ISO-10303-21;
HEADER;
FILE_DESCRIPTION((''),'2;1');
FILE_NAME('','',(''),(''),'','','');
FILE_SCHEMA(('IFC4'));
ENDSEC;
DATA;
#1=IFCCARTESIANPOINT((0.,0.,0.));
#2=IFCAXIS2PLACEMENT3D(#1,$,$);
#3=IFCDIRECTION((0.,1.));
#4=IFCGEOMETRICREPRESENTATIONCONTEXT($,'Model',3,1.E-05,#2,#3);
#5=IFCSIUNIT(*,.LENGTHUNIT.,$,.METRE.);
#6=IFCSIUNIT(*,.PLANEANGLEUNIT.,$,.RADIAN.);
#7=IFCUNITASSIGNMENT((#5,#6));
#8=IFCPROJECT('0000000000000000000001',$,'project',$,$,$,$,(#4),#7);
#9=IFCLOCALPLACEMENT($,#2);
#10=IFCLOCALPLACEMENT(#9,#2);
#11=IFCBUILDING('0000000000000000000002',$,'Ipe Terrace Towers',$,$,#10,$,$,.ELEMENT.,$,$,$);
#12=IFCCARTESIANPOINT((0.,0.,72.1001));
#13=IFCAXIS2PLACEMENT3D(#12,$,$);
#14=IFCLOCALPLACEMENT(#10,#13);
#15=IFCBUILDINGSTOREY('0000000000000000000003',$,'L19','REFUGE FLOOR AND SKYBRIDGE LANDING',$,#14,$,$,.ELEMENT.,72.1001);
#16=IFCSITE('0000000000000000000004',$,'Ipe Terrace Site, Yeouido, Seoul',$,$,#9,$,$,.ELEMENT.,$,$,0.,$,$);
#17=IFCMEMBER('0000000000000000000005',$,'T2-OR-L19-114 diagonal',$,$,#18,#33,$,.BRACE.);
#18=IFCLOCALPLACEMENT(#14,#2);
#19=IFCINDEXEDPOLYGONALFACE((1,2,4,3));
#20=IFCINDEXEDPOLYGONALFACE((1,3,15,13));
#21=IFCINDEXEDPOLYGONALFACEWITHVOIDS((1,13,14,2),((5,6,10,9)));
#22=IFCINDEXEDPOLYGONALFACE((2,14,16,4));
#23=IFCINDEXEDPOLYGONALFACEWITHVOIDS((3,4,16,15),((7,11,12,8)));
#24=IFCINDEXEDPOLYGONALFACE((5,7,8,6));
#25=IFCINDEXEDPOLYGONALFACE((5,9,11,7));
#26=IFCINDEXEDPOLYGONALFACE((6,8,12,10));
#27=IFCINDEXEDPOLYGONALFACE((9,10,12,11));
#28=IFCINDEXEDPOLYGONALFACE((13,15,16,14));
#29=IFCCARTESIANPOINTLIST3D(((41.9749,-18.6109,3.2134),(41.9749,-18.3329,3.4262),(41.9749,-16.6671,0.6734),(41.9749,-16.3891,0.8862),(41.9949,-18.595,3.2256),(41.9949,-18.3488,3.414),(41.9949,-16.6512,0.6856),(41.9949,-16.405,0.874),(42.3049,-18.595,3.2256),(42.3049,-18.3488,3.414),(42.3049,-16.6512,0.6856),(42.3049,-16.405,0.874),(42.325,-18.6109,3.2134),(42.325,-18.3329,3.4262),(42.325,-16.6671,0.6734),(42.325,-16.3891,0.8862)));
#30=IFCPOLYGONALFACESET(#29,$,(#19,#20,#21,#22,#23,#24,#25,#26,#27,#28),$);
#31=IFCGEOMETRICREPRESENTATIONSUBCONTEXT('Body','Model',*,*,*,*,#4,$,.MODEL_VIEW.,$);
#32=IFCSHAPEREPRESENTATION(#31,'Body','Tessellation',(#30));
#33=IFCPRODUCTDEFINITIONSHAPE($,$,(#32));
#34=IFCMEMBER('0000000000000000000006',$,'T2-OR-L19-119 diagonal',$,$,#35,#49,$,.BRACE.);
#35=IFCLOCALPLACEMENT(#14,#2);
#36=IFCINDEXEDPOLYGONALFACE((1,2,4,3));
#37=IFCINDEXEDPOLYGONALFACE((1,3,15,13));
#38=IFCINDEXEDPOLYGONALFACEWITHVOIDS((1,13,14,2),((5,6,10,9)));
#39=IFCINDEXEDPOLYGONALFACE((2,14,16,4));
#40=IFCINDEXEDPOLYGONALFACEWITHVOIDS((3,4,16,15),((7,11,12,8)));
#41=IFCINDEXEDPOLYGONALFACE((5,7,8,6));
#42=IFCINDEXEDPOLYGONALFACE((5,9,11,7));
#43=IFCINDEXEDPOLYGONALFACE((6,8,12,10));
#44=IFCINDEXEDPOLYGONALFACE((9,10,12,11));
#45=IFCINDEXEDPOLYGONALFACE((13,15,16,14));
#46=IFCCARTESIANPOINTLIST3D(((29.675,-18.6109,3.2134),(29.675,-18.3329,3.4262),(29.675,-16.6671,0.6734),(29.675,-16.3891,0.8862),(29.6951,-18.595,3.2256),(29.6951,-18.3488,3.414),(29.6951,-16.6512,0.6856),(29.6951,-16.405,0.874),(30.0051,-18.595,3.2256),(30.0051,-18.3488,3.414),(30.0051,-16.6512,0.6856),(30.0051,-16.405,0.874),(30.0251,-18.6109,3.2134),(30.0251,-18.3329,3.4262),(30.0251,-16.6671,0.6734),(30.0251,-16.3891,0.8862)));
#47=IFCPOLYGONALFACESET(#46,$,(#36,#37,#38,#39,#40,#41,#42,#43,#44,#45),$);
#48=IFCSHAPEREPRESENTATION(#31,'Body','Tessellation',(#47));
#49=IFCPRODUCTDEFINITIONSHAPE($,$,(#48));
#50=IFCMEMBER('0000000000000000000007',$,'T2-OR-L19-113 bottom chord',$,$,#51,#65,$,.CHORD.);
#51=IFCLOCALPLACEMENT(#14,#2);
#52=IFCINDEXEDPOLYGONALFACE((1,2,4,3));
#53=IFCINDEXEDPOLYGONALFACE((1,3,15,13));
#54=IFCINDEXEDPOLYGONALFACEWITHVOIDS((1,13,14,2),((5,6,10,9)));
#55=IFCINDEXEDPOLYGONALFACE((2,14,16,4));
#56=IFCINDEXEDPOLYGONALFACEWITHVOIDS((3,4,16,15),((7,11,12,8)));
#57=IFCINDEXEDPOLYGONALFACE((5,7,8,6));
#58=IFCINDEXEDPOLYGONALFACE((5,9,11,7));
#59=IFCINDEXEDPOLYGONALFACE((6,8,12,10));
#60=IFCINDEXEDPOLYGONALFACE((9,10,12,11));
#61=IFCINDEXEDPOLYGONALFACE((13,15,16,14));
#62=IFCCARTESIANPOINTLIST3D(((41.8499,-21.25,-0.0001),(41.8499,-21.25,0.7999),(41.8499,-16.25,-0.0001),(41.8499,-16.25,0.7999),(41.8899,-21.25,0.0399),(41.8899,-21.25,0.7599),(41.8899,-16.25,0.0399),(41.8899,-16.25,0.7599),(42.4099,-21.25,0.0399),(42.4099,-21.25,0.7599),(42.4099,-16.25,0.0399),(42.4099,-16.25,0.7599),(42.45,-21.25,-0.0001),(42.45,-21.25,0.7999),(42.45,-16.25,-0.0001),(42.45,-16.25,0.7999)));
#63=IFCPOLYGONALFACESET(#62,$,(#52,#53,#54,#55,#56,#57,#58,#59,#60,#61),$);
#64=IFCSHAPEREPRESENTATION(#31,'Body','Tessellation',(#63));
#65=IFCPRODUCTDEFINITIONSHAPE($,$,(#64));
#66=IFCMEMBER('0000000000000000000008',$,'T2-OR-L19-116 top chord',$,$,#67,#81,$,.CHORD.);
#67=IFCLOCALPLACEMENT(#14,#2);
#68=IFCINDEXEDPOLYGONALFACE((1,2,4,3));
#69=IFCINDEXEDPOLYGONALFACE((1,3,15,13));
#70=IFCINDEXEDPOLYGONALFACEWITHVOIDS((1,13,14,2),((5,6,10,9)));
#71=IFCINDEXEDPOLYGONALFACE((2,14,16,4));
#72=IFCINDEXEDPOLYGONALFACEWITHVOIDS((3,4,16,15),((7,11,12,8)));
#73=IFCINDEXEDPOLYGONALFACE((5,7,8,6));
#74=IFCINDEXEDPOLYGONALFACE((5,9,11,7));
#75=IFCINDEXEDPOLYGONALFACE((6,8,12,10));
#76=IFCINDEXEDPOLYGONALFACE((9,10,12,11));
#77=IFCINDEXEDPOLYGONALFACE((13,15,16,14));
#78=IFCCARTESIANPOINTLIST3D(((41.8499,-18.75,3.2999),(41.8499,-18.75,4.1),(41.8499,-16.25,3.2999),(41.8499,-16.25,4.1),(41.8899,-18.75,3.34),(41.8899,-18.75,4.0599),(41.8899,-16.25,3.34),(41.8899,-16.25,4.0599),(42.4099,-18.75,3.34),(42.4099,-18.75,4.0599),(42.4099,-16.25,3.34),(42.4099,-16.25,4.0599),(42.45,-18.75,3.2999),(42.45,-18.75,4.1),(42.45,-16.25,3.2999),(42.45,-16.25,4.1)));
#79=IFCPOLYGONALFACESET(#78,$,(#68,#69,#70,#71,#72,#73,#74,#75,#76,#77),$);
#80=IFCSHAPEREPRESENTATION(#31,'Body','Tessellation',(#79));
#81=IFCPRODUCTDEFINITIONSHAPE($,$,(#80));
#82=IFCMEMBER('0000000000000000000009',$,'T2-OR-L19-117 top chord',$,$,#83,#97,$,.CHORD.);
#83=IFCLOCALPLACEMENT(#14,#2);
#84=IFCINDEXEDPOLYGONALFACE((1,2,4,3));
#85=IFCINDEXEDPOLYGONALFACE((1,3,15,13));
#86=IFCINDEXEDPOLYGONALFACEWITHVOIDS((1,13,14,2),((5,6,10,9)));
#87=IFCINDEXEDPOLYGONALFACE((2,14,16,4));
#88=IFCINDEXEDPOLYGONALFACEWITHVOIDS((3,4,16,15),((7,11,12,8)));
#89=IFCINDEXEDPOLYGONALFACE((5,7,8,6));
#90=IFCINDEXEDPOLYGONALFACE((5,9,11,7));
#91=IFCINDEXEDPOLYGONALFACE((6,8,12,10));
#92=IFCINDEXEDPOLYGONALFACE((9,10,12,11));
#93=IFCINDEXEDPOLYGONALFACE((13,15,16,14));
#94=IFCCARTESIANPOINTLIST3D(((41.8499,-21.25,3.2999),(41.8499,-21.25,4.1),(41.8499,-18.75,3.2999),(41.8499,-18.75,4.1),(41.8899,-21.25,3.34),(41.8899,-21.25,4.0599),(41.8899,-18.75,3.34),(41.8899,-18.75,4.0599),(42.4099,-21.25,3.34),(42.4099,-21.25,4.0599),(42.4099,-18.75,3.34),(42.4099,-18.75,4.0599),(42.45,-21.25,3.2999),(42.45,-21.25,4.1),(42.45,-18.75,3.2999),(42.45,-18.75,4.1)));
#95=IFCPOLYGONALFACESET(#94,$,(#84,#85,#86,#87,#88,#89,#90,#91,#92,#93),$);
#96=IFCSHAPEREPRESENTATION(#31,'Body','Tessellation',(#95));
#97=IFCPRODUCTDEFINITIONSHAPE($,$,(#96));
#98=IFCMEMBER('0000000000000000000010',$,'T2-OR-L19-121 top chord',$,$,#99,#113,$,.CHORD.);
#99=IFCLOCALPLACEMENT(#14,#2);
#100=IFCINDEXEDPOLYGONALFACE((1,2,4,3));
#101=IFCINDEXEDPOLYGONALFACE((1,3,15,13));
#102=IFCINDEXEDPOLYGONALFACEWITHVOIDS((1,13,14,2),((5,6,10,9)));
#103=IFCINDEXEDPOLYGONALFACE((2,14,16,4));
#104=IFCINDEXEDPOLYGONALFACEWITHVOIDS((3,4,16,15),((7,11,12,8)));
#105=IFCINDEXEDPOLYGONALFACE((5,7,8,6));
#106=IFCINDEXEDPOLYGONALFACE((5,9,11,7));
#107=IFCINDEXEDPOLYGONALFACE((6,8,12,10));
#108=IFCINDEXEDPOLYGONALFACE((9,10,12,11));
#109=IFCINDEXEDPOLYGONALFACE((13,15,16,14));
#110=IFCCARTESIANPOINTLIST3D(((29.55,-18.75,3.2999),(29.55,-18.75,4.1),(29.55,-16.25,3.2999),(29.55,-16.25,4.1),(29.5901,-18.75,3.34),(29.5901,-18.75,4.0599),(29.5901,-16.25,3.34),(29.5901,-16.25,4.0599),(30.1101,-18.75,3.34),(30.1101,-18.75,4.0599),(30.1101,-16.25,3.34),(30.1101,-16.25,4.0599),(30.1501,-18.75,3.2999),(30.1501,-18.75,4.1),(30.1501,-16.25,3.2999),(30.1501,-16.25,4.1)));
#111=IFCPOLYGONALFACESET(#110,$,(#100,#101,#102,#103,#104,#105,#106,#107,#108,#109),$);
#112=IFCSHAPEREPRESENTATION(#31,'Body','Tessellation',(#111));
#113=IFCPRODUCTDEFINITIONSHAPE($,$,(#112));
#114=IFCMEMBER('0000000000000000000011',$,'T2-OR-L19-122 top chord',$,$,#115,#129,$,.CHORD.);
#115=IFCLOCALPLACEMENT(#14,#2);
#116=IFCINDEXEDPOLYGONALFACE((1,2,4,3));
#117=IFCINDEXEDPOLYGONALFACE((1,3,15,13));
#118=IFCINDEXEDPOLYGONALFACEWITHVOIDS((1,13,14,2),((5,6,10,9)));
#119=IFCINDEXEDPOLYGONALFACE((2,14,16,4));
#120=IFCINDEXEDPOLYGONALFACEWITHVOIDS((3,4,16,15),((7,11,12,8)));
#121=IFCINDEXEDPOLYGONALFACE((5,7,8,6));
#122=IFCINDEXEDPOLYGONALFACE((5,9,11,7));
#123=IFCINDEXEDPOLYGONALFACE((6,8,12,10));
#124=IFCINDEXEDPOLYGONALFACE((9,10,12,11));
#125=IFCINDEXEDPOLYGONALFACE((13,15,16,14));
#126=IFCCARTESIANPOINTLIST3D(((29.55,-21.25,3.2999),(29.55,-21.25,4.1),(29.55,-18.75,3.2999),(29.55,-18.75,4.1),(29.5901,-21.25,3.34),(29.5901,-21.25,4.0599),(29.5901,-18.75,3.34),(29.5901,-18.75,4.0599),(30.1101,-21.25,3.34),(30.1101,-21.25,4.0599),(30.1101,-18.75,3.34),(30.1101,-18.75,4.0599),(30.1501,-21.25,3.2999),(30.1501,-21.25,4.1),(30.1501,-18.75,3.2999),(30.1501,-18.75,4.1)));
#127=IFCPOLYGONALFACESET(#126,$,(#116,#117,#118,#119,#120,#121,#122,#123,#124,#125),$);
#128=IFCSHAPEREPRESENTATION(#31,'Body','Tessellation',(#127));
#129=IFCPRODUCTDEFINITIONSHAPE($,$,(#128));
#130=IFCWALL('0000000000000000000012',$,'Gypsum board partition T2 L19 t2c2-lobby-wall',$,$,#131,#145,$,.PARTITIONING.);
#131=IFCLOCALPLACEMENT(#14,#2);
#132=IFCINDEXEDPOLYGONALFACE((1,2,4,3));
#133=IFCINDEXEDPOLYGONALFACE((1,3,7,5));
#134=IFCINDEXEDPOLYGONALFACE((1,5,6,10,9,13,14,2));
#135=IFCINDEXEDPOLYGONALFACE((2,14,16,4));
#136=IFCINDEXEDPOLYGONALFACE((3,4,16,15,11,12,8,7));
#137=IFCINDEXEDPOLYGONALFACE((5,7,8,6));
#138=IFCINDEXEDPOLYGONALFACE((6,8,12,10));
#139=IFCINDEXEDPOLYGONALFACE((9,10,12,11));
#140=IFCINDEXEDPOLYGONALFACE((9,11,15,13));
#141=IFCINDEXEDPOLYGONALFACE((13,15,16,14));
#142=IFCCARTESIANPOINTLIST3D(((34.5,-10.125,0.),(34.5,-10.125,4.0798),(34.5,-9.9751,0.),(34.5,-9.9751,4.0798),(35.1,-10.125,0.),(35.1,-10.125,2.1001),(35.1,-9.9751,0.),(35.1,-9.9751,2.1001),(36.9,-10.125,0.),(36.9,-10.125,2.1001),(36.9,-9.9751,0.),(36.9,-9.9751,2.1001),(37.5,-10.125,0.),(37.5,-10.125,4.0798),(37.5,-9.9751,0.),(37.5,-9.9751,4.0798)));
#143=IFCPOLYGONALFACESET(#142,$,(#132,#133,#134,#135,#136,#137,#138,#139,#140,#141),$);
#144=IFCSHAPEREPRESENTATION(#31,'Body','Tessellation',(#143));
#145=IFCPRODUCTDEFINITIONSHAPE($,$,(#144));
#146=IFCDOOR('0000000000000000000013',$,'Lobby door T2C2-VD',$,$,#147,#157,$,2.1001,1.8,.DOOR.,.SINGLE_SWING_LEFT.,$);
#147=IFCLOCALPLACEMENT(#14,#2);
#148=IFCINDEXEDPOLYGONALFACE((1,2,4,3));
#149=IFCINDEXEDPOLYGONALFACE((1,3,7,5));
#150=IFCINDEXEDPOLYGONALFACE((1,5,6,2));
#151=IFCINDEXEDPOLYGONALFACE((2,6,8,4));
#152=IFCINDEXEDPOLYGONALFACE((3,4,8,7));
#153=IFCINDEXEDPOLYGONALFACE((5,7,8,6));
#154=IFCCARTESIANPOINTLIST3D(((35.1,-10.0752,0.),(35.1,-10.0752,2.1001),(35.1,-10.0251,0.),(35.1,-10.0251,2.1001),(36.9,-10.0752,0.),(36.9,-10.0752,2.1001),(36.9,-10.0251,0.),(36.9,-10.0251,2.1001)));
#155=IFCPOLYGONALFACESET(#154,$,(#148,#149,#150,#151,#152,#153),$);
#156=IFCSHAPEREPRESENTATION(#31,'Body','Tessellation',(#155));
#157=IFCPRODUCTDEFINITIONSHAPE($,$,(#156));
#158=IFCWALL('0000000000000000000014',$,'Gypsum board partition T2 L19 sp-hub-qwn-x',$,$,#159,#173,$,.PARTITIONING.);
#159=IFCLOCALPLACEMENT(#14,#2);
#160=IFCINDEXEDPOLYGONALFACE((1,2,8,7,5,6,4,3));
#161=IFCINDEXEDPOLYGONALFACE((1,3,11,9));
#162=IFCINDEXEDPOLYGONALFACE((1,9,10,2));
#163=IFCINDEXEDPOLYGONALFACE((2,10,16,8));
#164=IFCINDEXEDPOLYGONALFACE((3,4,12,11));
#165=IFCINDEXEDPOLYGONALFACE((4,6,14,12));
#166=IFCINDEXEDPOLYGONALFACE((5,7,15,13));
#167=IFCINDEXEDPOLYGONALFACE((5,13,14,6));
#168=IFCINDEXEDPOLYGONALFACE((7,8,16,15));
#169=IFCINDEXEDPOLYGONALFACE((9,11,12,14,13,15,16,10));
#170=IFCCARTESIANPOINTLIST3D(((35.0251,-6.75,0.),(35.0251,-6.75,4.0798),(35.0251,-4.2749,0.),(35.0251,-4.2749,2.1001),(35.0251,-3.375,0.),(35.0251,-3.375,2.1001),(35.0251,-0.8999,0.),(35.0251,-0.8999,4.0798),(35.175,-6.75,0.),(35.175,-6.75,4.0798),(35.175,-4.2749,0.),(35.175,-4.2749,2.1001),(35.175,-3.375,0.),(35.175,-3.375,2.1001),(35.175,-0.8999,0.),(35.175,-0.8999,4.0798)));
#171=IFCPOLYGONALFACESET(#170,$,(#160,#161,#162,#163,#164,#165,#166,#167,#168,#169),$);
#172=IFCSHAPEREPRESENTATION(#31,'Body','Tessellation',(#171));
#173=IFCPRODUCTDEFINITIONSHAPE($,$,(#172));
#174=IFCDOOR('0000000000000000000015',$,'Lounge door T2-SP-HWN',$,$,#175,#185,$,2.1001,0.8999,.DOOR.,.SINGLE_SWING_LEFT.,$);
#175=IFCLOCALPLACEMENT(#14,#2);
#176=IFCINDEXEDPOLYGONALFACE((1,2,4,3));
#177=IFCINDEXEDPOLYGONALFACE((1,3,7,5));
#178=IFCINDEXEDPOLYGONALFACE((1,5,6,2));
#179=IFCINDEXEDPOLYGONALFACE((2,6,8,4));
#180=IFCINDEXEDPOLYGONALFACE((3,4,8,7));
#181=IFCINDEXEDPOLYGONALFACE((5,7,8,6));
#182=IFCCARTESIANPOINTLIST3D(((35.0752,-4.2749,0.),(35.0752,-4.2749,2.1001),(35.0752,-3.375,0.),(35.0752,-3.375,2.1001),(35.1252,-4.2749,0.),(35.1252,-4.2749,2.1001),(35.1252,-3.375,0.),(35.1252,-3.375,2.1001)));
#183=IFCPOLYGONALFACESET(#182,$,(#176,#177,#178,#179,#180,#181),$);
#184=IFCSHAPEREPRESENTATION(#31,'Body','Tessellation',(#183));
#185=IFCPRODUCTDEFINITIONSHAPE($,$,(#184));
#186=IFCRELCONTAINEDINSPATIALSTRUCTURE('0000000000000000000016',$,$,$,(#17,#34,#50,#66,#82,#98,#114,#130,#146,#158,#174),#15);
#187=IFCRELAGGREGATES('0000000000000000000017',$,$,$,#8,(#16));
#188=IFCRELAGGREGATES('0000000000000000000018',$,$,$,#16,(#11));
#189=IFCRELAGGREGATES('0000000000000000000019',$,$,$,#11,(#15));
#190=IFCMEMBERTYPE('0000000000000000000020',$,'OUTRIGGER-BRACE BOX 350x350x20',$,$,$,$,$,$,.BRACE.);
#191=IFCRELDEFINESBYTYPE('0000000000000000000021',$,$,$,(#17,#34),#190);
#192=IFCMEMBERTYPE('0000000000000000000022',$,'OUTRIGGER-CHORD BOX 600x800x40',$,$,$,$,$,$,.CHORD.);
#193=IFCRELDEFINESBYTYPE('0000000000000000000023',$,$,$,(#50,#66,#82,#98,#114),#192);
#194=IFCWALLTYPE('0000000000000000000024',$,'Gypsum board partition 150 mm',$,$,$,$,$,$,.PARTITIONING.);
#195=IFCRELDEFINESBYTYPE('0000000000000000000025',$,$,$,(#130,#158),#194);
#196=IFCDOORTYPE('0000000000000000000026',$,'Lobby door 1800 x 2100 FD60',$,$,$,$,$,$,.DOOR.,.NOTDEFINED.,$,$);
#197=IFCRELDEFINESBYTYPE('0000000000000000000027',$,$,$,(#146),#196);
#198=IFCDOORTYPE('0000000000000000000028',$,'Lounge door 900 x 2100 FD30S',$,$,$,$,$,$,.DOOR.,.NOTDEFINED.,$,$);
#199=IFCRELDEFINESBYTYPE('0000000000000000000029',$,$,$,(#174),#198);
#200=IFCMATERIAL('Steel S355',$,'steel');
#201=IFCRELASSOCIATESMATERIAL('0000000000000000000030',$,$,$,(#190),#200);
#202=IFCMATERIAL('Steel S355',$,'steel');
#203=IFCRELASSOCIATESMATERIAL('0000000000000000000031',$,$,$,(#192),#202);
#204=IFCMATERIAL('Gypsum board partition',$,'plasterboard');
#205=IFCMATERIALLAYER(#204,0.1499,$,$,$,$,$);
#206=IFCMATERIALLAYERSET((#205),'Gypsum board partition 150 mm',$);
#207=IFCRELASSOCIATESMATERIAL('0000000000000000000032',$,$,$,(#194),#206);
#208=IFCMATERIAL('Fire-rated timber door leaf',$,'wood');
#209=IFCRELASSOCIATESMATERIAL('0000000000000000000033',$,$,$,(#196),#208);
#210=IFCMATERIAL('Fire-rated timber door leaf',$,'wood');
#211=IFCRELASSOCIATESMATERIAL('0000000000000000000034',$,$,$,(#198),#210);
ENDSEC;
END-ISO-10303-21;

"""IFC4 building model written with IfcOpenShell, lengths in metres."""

from ifc_helpers import new_model, si_unit, direction, frame, frame_2d, origin, origin_2d, place, context, subcontext, project, spatial, rectangle, hollow_rectangle, extrude, material, layer, layer_set, material_profile, profile_set, type_object, element, fill, save


model = new_model("IFC4")

# Units and contexts
model_context = context("Model", 3, precision=1e-05, world=origin(), true_north=direction((0.0, 1.0)))
body_context = subcontext(model_context, "Body", "Model", "MODEL_VIEW")
ifc_project = project(units=[si_unit("LENGTHUNIT", "METRE"), si_unit("PLANEANGLEUNIT", "RADIAN")], contexts=[model_context])

# Site, building, storey
site_placement = place(None, origin())
site = spatial("IfcSite", under=ifc_project, at=site_placement, Name="Ipe Terrace Site, Yeouido, Seoul", CompositionType="ELEMENT", RefElevation=0.0)
building_placement = place(site_placement, origin())
building = spatial("IfcBuilding", under=site, at=building_placement, Name="Ipe Terrace Towers", CompositionType="ELEMENT")
storey_placement = place(building_placement, frame((0.0, 0.0, 72.1001)))
storey = spatial("IfcBuildingStorey", under=building, at=storey_placement, Name="L19", Description="REFUGE FLOOR AND SKYBRIDGE LANDING", CompositionType="ELEMENT", Elevation=72.1001)

# Members
ifc_material_1 = material(Name="Steel S355", Category="steel")
ifc_material_profile_1 = material_profile(ifc_material_1, hollow_rectangle(XDim=0.3501, YDim=0.3501, WallThickness=0.02, at=origin_2d()), Name="OUTRIGGER-BRACE BOX 350x350x20")
ifc_profile_set_1 = profile_set([ifc_material_profile_1], Name="Steel S355")
member_type_1 = type_object("IfcMemberType", Name="OUTRIGGER-BRACE BOX 350x350x20", PredefinedType="BRACE", material=ifc_profile_set_1)
for number, where, z_axis, x_axis, name in (
    (1, (42.1499, -16.5281, 0.7798), (0.0, -0.607739, 0.794137), (1.0, 0.0, 0.0), "T2-OR-L19-114 diagonal"),
    (2, (29.8501, -16.5281, 0.7798), (0.0, -0.607739, 0.794137), (1.0, 0.0, 0.0), "T2-OR-L19-119 diagonal"),
):
    element("IfcMember", number, at=place(storey_placement, frame(where, z_axis=z_axis, x_axis=x_axis)), inside=storey, type_object=member_type_1, Name=name, PredefinedType="BRACE", context=body_context, shape_type="SweptSolid", body=[
        extrude(hollow_rectangle(XDim=0.3501, YDim=0.3501, WallThickness=0.02, at=origin_2d()), origin(), (0.0, 0.0, 1.0), 3.1985),
    ])
ifc_material_2 = material(Name="Steel S355", Category="steel")
ifc_material_profile_2 = material_profile(ifc_material_2, hollow_rectangle(XDim=0.6001, YDim=0.8, WallThickness=0.04, at=origin_2d()), Name="OUTRIGGER-CHORD BOX 600x800x40")
ifc_profile_set_2 = profile_set([ifc_material_profile_2], Name="Steel S355")
member_type_2 = type_object("IfcMemberType", Name="OUTRIGGER-CHORD BOX 600x800x40", PredefinedType="CHORD", material=ifc_profile_set_2)
member_placement = place(storey_placement, frame((42.1499, -16.25, 0.3999), z_axis=(0.0, -1.0, 0.0), x_axis=(1.0, 0.0, 0.0)))
element("IfcMember", 3, at=member_placement, inside=storey, type_object=member_type_2, Name="T2-OR-L19-113 bottom chord", PredefinedType="CHORD", context=body_context, shape_type="SweptSolid", body=[
    extrude(hollow_rectangle(XDim=0.6001, YDim=0.8, WallThickness=0.04, at=origin_2d()), origin(), (0.0, 0.0, 1.0), 5.0),
])
for number, where, z_axis, x_axis, name in (
    (4, (42.1499, -16.25, 3.7), (0.0, -1.0, 0.0), (1.0, 0.0, 0.0), "T2-OR-L19-116 top chord"),
    (5, (42.1499, -18.75, 3.7), (0.0, -1.0, 0.0), (1.0, 0.0, 0.0), "T2-OR-L19-117 top chord"),
    (6, (29.8501, -16.25, 3.7), (0.0, -1.0, 0.0), (1.0, 0.0, 0.0), "T2-OR-L19-121 top chord"),
    (7, (29.8501, -18.75, 3.7), (0.0, -1.0, 0.0), (1.0, 0.0, 0.0), "T2-OR-L19-122 top chord"),
):
    element("IfcMember", number, at=place(storey_placement, frame(where, z_axis=z_axis, x_axis=x_axis)), inside=storey, type_object=member_type_2, Name=name, PredefinedType="CHORD", context=body_context, shape_type="SweptSolid", body=[
        extrude(hollow_rectangle(XDim=0.6001, YDim=0.8, WallThickness=0.04, at=origin_2d()), origin(), (0.0, 0.0, 1.0), 2.5),
    ])

# Walls, openings, doors
ifc_material_3 = material(Name="Gypsum board partition", Category="plasterboard")
ifc_layer_1 = layer(ifc_material_3, 0.1499)
ifc_layer_set_1 = layer_set([ifc_layer_1], Name="Gypsum board partition 150 mm")
wall_type_1 = type_object("IfcWallType", Name="Gypsum board partition 150 mm", PredefinedType="PARTITIONING", material=ifc_layer_set_1)
wall_1_placement = place(storey_placement, frame((34.5, -10.05, 0.0), z_axis=(0.0, 0.0, 1.0), x_axis=(1.0, 0.0, 0.0)))
wall_1 = element("IfcWall", 8, at=wall_1_placement, inside=storey, type_object=wall_type_1, Name="Gypsum board partition T2 L19 t2c2-lobby-wall", PredefinedType="PARTITIONING", context=body_context, shape_type="SweptSolid", body=[
    extrude(rectangle(XDim=3.0, YDim=0.1499, at=frame_2d((1.5, 0.0))), origin(), (0.0, 0.0, 1.0), 4.0798),
])
opening_1_placement = place(wall_1_placement, frame((0.6001, 0.0, 0.0)))
opening_1 = element("IfcOpeningElement", 9, at=opening_1_placement, cuts=wall_1, PredefinedType="OPENING", context=body_context, shape_type="SweptSolid", body=[
    extrude(rectangle(XDim=1.8, YDim=2.1001, at=frame_2d((0.8999, 1.05))), frame((0.0, 0.085, 0.0), z_axis=(0.0, -1.0, 0.0), x_axis=(1.0, 0.0, 0.0)), (0.0, 0.0, 1.0), 0.1699),
])
ifc_material_4 = material(Name="Fire-rated timber door leaf", Category="wood")
door_type_1 = type_object("IfcDoorType", Name="Lobby door 1800 x 2100 FD60", OperationType="NOTDEFINED", PredefinedType="DOOR", material=ifc_material_4)
door_1_placement = place(opening_1_placement, origin())
door_1 = element("IfcDoor", 10, at=door_1_placement, inside=storey, type_object=door_type_1, Name="Lobby door T2C2-VD", OperationType="SINGLE_SWING_LEFT", OverallHeight=2.1001, OverallWidth=1.8, PredefinedType="DOOR", context=body_context, shape_type="SweptSolid", body=[
    extrude(rectangle(XDim=1.8, YDim=2.1001, at=frame_2d((0.8999, 1.05))), frame((0.0, 0.0249, 0.0), z_axis=(0.0, -1.0, 0.0), x_axis=(1.0, 0.0, 0.0)), (0.0, 0.0, 1.0), 0.05),
])
fill(opening_1, door_1)
wall_2_placement = place(storey_placement, frame((35.1001, -6.75, 0.0), z_axis=(0.0, 0.0, 1.0), x_axis=(0.0, 1.0, 0.0)))
wall_2 = element("IfcWall", 11, at=wall_2_placement, inside=storey, type_object=wall_type_1, Name="Gypsum board partition T2 L19 sp-hub-qwn-x", PredefinedType="PARTITIONING", context=body_context, shape_type="SweptSolid", body=[
    extrude(rectangle(XDim=5.8501, YDim=0.1499, at=frame_2d((2.925, 0.0))), origin(), (0.0, 0.0, 1.0), 4.0798),
])
opening_2_placement = place(wall_2_placement, frame((2.4751, 0.0, 0.0)))
opening_2 = element("IfcOpeningElement", 12, at=opening_2_placement, cuts=wall_2, PredefinedType="OPENING", context=body_context, shape_type="SweptSolid", body=[
    extrude(rectangle(XDim=0.8999, YDim=2.1001, at=frame_2d((0.45, 1.05))), frame((0.0, 0.085, 0.0), z_axis=(0.0, -1.0, 0.0), x_axis=(1.0, 0.0, 0.0)), (0.0, 0.0, 1.0), 0.1699),
])
ifc_material_5 = material(Name="Fire-rated timber door leaf", Category="wood")
door_type_2 = type_object("IfcDoorType", Name="Lounge door 900 x 2100 FD30S", OperationType="NOTDEFINED", PredefinedType="DOOR", material=ifc_material_5)
door_2_placement = place(opening_2_placement, origin())
door_2 = element("IfcDoor", 13, at=door_2_placement, inside=storey, type_object=door_type_2, Name="Lounge door T2-SP-HWN", OperationType="SINGLE_SWING_LEFT", OverallHeight=2.1001, OverallWidth=0.8999, PredefinedType="DOOR", context=body_context, shape_type="SweptSolid", body=[
    extrude(rectangle(XDim=0.8999, YDim=2.1001, at=frame_2d((0.45, 1.05))), frame((0.0, 0.0249, 0.0), z_axis=(0.0, -1.0, 0.0), x_axis=(1.0, 0.0, 0.0)), (0.0, 0.0, 1.0), 0.05),
])
fill(opening_2, door_2)

save(model, "model.ifc")
